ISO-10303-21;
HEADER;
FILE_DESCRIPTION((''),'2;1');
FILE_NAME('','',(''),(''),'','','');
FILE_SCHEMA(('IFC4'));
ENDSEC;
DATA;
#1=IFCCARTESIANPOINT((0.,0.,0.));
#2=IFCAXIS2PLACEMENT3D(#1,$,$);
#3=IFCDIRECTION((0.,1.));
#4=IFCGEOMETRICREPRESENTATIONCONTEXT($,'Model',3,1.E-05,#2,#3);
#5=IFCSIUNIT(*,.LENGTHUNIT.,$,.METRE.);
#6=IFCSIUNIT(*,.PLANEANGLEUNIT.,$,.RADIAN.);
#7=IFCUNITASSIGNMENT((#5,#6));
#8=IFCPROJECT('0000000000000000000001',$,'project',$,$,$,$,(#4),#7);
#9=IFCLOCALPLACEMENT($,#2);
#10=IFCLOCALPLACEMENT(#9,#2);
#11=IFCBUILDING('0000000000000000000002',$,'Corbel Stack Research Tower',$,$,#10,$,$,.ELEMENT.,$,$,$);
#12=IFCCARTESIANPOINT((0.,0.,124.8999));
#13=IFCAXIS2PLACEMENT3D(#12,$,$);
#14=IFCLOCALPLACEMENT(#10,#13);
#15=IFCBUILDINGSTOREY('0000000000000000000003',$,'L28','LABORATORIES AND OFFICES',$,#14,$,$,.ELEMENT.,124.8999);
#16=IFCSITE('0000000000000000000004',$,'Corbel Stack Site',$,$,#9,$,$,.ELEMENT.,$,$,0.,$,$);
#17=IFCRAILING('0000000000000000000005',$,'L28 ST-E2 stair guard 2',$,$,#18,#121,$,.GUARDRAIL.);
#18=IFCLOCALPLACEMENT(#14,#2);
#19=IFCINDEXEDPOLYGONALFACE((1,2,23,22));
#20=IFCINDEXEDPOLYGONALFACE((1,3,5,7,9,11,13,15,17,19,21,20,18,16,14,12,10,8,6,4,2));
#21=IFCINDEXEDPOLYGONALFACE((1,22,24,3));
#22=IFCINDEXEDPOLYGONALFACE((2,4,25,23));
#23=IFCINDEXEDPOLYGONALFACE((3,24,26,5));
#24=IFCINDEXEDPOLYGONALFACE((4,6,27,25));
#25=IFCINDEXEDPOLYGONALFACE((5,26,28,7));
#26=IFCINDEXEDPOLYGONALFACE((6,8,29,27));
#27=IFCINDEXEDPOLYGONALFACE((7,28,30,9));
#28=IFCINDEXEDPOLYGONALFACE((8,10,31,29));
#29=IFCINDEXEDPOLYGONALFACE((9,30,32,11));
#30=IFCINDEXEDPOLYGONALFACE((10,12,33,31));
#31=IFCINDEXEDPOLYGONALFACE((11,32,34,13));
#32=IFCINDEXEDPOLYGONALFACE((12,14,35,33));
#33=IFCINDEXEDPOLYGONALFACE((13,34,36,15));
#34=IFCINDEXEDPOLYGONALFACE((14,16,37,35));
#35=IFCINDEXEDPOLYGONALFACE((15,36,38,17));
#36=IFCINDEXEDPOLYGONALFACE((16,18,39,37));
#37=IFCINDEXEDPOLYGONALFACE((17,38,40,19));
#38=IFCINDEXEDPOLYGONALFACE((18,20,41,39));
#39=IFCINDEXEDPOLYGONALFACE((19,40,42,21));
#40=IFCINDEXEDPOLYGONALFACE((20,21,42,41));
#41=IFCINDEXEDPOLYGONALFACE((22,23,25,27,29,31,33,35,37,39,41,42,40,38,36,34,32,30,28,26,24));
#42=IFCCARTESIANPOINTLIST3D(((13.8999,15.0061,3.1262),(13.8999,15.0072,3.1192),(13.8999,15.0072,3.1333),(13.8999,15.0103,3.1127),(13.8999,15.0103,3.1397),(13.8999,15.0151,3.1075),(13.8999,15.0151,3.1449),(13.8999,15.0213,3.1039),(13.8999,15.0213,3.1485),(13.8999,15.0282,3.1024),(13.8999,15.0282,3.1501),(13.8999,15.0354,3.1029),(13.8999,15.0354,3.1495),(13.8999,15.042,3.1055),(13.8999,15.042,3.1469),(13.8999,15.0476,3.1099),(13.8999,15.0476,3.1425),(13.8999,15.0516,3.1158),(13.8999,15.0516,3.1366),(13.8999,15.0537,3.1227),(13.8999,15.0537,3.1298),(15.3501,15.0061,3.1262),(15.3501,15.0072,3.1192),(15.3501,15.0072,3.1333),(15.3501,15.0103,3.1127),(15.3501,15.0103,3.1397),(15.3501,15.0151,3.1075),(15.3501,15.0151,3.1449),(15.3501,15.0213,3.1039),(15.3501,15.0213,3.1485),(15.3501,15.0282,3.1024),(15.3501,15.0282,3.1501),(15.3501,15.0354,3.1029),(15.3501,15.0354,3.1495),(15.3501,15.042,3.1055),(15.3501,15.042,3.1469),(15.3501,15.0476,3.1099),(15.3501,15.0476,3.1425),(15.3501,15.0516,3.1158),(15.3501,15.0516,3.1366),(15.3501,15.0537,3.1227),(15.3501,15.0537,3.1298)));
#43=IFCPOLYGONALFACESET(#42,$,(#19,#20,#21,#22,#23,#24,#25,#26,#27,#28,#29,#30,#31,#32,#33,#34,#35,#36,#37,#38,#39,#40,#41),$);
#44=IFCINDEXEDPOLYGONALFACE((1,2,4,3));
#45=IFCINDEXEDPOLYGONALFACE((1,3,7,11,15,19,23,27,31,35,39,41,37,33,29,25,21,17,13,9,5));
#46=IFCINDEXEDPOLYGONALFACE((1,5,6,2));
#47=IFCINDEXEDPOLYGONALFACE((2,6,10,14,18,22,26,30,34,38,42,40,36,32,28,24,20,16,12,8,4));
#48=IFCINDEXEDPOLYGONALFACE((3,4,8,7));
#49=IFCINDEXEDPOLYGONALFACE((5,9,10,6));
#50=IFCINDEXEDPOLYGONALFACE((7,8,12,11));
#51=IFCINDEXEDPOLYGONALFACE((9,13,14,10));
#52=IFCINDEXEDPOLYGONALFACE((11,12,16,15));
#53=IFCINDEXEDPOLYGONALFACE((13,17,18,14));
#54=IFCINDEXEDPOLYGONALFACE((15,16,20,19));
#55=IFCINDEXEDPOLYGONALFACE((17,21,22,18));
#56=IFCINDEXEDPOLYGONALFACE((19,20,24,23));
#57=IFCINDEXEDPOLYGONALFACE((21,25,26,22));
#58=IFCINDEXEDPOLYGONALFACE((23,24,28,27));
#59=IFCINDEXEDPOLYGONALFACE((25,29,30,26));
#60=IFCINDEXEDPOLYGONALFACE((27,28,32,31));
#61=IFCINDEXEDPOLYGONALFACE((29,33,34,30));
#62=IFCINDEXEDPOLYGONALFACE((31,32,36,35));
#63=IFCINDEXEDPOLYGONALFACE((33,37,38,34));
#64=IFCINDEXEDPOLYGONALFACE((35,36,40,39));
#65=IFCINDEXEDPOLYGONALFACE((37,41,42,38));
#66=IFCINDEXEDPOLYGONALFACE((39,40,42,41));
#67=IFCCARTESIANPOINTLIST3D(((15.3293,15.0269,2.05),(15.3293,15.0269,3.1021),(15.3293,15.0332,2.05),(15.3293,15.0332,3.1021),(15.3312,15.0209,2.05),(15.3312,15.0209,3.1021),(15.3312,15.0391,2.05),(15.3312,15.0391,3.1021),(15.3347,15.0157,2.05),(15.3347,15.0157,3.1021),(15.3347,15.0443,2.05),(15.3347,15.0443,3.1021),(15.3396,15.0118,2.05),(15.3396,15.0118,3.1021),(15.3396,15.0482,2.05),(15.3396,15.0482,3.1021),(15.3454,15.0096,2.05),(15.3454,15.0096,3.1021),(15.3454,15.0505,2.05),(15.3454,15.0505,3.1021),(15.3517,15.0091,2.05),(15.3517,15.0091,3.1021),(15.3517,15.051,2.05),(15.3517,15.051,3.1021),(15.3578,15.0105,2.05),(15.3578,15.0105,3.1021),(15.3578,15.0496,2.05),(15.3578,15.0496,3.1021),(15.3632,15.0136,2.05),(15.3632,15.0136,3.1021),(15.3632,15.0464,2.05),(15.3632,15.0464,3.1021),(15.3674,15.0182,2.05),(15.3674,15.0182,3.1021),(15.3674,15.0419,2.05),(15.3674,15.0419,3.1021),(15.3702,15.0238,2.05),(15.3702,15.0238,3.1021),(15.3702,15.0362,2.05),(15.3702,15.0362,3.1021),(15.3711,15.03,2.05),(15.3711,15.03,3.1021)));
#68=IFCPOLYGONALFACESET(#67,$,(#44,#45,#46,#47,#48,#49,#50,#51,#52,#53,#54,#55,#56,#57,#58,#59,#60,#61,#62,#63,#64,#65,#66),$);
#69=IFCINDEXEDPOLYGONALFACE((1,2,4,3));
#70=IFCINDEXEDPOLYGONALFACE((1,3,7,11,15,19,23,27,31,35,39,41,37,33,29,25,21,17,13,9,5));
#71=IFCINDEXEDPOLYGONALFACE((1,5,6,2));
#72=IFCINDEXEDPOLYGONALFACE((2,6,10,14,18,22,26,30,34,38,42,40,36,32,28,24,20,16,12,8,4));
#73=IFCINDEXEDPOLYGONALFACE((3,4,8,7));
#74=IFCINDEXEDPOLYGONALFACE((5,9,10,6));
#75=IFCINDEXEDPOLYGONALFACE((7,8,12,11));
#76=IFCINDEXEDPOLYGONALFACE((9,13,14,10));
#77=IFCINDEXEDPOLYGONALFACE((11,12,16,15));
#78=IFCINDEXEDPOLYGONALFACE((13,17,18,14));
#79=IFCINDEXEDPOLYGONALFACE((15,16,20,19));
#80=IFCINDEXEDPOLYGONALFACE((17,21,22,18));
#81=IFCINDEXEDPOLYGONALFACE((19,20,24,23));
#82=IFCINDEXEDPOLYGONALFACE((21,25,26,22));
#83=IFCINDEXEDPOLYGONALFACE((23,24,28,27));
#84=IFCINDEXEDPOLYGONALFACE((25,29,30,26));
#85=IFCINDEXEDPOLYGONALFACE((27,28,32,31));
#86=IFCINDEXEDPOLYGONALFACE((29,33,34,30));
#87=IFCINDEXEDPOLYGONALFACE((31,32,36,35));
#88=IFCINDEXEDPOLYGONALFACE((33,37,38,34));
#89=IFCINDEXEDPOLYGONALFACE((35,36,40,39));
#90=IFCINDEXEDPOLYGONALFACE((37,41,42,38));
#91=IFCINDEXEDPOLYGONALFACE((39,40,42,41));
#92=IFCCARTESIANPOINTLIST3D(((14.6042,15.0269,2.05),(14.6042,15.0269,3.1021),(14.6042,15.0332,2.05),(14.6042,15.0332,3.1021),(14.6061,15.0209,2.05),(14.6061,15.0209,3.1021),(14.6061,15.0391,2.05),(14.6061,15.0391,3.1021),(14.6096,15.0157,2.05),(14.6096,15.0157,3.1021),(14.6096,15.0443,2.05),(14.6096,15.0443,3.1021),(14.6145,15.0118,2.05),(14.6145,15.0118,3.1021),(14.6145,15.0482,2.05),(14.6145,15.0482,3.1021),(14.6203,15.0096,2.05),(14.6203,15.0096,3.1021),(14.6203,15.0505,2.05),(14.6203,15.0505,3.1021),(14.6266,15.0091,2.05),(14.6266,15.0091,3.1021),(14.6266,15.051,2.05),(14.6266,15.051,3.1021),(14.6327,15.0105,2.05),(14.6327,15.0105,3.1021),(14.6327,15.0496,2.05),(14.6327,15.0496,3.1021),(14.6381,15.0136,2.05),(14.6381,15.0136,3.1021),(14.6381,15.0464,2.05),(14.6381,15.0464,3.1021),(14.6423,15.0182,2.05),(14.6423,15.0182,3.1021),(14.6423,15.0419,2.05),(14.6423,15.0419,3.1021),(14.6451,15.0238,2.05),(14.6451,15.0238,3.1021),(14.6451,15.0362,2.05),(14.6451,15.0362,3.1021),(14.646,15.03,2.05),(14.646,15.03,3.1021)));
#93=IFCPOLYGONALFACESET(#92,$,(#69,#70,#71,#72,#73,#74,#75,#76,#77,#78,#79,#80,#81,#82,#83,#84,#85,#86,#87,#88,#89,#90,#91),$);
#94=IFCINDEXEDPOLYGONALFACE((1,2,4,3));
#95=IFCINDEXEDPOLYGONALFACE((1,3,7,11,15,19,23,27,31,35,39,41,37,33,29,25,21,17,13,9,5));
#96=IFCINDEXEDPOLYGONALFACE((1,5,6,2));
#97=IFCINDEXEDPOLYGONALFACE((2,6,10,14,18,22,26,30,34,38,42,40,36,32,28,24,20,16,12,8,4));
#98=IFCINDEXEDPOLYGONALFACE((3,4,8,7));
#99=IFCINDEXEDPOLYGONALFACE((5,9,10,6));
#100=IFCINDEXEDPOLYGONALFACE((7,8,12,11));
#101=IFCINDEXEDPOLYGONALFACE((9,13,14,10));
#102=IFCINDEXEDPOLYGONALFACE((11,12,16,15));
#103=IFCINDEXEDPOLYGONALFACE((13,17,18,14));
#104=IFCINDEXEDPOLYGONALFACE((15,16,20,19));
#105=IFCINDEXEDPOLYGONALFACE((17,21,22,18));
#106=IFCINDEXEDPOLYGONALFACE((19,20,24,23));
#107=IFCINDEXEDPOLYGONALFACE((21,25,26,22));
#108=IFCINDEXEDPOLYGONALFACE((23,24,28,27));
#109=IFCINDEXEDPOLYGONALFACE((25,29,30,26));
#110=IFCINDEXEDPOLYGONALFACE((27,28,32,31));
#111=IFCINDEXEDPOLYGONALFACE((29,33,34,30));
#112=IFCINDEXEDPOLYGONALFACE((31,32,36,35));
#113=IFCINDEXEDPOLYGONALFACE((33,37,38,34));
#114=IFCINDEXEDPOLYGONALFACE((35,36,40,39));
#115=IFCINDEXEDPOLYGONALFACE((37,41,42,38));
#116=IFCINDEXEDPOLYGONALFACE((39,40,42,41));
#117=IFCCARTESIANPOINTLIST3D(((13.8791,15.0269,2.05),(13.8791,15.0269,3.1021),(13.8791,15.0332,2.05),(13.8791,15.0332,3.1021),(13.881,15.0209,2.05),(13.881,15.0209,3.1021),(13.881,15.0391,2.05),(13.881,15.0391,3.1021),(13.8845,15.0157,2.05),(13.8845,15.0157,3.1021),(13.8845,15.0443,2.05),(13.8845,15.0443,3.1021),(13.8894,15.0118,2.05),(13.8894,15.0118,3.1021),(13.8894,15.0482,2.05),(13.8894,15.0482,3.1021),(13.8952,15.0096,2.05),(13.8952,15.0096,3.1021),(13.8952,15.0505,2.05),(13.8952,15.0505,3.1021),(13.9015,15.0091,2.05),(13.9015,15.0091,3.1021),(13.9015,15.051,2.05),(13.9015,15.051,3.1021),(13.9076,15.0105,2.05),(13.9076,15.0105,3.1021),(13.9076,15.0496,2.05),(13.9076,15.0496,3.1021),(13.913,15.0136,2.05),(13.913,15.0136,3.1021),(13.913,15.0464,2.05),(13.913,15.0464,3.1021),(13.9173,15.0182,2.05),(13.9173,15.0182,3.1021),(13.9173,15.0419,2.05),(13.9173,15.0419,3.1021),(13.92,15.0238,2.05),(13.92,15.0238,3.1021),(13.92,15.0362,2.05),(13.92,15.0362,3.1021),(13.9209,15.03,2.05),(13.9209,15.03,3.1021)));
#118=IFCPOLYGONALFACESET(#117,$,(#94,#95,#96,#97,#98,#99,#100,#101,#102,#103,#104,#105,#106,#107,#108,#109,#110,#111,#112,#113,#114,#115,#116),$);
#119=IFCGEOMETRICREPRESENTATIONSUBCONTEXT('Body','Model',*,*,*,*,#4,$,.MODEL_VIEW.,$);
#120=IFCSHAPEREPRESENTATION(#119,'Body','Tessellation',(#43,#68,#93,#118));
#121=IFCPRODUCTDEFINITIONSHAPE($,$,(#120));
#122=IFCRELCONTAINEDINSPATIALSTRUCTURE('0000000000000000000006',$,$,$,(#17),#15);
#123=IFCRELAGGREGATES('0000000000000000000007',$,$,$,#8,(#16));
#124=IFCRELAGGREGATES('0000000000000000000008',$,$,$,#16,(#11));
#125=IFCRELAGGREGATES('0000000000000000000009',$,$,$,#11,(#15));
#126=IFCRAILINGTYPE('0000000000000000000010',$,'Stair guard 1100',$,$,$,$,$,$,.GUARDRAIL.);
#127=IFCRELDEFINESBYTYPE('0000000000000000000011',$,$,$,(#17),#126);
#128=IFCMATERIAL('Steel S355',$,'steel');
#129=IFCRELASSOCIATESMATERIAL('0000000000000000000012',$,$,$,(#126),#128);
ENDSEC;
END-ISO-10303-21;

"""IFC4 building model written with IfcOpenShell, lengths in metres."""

from ifc_helpers import new_model, si_unit, direction, frame, origin, origin_2d, place, context, subcontext, project, spatial, circle, extrude, material, type_object, element, save


model = new_model("IFC4")

# Units and contexts
model_context = context("Model", 3, precision=1e-05, world=origin(), true_north=direction((0.0, 1.0)))
body_context = subcontext(model_context, "Body", "Model", "MODEL_VIEW")
ifc_project = project(units=[si_unit("LENGTHUNIT", "METRE"), si_unit("PLANEANGLEUNIT", "RADIAN")], contexts=[model_context])

# Site, building, storey
site_placement = place(None, origin())
site = spatial("IfcSite", under=ifc_project, at=site_placement, Name="Corbel Stack Site", CompositionType="ELEMENT", RefElevation=0.0)
building_placement = place(site_placement, origin())
building = spatial("IfcBuilding", under=site, at=building_placement, Name="Corbel Stack Research Tower", CompositionType="ELEMENT")
storey_placement = place(building_placement, frame((0.0, 0.0, 124.8999)))
storey = spatial("IfcBuildingStorey", under=building, at=storey_placement, Name="L28", Description="LABORATORIES AND OFFICES", CompositionType="ELEMENT", Elevation=124.8999)

# Railing
ifc_material_1 = material(Name="Steel S355", Category="steel")
railing_type_1 = type_object("IfcRailingType", Name="Stair guard 1100", PredefinedType="GUARDRAIL", material=ifc_material_1)
railing_1_placement = place(storey_placement, frame((15.3501, 15.03, 2.05)))
element("IfcRailing", 1, at=railing_1_placement, inside=storey, type_object=railing_type_1, Name="L28 ST-E2 stair guard 2", PredefinedType="GUARDRAIL", context=body_context, shape_type="SweptSolid", body=[
    extrude(circle(Radius=0.0239, at=origin_2d()), frame((0.0, 0.0, 1.0762), z_axis=(-1.0, 0.0, 0.0), x_axis=(0.0, -1.0, 0.0)), (0.0, 0.0, 1.0), 1.4502),
    extrude(circle(Radius=0.021, at=origin_2d()), origin(), (0.0, 0.0, 1.0), 1.052),
    extrude(circle(Radius=0.021, at=origin_2d()), frame((-0.7251, 0.0, 0.0)), (0.0, 0.0, 1.0), 1.052),
    extrude(circle(Radius=0.021, at=origin_2d()), frame((-1.4502, 0.0, 0.0)), (0.0, 0.0, 1.0), 1.052),
])

save(model, "model.ifc")
